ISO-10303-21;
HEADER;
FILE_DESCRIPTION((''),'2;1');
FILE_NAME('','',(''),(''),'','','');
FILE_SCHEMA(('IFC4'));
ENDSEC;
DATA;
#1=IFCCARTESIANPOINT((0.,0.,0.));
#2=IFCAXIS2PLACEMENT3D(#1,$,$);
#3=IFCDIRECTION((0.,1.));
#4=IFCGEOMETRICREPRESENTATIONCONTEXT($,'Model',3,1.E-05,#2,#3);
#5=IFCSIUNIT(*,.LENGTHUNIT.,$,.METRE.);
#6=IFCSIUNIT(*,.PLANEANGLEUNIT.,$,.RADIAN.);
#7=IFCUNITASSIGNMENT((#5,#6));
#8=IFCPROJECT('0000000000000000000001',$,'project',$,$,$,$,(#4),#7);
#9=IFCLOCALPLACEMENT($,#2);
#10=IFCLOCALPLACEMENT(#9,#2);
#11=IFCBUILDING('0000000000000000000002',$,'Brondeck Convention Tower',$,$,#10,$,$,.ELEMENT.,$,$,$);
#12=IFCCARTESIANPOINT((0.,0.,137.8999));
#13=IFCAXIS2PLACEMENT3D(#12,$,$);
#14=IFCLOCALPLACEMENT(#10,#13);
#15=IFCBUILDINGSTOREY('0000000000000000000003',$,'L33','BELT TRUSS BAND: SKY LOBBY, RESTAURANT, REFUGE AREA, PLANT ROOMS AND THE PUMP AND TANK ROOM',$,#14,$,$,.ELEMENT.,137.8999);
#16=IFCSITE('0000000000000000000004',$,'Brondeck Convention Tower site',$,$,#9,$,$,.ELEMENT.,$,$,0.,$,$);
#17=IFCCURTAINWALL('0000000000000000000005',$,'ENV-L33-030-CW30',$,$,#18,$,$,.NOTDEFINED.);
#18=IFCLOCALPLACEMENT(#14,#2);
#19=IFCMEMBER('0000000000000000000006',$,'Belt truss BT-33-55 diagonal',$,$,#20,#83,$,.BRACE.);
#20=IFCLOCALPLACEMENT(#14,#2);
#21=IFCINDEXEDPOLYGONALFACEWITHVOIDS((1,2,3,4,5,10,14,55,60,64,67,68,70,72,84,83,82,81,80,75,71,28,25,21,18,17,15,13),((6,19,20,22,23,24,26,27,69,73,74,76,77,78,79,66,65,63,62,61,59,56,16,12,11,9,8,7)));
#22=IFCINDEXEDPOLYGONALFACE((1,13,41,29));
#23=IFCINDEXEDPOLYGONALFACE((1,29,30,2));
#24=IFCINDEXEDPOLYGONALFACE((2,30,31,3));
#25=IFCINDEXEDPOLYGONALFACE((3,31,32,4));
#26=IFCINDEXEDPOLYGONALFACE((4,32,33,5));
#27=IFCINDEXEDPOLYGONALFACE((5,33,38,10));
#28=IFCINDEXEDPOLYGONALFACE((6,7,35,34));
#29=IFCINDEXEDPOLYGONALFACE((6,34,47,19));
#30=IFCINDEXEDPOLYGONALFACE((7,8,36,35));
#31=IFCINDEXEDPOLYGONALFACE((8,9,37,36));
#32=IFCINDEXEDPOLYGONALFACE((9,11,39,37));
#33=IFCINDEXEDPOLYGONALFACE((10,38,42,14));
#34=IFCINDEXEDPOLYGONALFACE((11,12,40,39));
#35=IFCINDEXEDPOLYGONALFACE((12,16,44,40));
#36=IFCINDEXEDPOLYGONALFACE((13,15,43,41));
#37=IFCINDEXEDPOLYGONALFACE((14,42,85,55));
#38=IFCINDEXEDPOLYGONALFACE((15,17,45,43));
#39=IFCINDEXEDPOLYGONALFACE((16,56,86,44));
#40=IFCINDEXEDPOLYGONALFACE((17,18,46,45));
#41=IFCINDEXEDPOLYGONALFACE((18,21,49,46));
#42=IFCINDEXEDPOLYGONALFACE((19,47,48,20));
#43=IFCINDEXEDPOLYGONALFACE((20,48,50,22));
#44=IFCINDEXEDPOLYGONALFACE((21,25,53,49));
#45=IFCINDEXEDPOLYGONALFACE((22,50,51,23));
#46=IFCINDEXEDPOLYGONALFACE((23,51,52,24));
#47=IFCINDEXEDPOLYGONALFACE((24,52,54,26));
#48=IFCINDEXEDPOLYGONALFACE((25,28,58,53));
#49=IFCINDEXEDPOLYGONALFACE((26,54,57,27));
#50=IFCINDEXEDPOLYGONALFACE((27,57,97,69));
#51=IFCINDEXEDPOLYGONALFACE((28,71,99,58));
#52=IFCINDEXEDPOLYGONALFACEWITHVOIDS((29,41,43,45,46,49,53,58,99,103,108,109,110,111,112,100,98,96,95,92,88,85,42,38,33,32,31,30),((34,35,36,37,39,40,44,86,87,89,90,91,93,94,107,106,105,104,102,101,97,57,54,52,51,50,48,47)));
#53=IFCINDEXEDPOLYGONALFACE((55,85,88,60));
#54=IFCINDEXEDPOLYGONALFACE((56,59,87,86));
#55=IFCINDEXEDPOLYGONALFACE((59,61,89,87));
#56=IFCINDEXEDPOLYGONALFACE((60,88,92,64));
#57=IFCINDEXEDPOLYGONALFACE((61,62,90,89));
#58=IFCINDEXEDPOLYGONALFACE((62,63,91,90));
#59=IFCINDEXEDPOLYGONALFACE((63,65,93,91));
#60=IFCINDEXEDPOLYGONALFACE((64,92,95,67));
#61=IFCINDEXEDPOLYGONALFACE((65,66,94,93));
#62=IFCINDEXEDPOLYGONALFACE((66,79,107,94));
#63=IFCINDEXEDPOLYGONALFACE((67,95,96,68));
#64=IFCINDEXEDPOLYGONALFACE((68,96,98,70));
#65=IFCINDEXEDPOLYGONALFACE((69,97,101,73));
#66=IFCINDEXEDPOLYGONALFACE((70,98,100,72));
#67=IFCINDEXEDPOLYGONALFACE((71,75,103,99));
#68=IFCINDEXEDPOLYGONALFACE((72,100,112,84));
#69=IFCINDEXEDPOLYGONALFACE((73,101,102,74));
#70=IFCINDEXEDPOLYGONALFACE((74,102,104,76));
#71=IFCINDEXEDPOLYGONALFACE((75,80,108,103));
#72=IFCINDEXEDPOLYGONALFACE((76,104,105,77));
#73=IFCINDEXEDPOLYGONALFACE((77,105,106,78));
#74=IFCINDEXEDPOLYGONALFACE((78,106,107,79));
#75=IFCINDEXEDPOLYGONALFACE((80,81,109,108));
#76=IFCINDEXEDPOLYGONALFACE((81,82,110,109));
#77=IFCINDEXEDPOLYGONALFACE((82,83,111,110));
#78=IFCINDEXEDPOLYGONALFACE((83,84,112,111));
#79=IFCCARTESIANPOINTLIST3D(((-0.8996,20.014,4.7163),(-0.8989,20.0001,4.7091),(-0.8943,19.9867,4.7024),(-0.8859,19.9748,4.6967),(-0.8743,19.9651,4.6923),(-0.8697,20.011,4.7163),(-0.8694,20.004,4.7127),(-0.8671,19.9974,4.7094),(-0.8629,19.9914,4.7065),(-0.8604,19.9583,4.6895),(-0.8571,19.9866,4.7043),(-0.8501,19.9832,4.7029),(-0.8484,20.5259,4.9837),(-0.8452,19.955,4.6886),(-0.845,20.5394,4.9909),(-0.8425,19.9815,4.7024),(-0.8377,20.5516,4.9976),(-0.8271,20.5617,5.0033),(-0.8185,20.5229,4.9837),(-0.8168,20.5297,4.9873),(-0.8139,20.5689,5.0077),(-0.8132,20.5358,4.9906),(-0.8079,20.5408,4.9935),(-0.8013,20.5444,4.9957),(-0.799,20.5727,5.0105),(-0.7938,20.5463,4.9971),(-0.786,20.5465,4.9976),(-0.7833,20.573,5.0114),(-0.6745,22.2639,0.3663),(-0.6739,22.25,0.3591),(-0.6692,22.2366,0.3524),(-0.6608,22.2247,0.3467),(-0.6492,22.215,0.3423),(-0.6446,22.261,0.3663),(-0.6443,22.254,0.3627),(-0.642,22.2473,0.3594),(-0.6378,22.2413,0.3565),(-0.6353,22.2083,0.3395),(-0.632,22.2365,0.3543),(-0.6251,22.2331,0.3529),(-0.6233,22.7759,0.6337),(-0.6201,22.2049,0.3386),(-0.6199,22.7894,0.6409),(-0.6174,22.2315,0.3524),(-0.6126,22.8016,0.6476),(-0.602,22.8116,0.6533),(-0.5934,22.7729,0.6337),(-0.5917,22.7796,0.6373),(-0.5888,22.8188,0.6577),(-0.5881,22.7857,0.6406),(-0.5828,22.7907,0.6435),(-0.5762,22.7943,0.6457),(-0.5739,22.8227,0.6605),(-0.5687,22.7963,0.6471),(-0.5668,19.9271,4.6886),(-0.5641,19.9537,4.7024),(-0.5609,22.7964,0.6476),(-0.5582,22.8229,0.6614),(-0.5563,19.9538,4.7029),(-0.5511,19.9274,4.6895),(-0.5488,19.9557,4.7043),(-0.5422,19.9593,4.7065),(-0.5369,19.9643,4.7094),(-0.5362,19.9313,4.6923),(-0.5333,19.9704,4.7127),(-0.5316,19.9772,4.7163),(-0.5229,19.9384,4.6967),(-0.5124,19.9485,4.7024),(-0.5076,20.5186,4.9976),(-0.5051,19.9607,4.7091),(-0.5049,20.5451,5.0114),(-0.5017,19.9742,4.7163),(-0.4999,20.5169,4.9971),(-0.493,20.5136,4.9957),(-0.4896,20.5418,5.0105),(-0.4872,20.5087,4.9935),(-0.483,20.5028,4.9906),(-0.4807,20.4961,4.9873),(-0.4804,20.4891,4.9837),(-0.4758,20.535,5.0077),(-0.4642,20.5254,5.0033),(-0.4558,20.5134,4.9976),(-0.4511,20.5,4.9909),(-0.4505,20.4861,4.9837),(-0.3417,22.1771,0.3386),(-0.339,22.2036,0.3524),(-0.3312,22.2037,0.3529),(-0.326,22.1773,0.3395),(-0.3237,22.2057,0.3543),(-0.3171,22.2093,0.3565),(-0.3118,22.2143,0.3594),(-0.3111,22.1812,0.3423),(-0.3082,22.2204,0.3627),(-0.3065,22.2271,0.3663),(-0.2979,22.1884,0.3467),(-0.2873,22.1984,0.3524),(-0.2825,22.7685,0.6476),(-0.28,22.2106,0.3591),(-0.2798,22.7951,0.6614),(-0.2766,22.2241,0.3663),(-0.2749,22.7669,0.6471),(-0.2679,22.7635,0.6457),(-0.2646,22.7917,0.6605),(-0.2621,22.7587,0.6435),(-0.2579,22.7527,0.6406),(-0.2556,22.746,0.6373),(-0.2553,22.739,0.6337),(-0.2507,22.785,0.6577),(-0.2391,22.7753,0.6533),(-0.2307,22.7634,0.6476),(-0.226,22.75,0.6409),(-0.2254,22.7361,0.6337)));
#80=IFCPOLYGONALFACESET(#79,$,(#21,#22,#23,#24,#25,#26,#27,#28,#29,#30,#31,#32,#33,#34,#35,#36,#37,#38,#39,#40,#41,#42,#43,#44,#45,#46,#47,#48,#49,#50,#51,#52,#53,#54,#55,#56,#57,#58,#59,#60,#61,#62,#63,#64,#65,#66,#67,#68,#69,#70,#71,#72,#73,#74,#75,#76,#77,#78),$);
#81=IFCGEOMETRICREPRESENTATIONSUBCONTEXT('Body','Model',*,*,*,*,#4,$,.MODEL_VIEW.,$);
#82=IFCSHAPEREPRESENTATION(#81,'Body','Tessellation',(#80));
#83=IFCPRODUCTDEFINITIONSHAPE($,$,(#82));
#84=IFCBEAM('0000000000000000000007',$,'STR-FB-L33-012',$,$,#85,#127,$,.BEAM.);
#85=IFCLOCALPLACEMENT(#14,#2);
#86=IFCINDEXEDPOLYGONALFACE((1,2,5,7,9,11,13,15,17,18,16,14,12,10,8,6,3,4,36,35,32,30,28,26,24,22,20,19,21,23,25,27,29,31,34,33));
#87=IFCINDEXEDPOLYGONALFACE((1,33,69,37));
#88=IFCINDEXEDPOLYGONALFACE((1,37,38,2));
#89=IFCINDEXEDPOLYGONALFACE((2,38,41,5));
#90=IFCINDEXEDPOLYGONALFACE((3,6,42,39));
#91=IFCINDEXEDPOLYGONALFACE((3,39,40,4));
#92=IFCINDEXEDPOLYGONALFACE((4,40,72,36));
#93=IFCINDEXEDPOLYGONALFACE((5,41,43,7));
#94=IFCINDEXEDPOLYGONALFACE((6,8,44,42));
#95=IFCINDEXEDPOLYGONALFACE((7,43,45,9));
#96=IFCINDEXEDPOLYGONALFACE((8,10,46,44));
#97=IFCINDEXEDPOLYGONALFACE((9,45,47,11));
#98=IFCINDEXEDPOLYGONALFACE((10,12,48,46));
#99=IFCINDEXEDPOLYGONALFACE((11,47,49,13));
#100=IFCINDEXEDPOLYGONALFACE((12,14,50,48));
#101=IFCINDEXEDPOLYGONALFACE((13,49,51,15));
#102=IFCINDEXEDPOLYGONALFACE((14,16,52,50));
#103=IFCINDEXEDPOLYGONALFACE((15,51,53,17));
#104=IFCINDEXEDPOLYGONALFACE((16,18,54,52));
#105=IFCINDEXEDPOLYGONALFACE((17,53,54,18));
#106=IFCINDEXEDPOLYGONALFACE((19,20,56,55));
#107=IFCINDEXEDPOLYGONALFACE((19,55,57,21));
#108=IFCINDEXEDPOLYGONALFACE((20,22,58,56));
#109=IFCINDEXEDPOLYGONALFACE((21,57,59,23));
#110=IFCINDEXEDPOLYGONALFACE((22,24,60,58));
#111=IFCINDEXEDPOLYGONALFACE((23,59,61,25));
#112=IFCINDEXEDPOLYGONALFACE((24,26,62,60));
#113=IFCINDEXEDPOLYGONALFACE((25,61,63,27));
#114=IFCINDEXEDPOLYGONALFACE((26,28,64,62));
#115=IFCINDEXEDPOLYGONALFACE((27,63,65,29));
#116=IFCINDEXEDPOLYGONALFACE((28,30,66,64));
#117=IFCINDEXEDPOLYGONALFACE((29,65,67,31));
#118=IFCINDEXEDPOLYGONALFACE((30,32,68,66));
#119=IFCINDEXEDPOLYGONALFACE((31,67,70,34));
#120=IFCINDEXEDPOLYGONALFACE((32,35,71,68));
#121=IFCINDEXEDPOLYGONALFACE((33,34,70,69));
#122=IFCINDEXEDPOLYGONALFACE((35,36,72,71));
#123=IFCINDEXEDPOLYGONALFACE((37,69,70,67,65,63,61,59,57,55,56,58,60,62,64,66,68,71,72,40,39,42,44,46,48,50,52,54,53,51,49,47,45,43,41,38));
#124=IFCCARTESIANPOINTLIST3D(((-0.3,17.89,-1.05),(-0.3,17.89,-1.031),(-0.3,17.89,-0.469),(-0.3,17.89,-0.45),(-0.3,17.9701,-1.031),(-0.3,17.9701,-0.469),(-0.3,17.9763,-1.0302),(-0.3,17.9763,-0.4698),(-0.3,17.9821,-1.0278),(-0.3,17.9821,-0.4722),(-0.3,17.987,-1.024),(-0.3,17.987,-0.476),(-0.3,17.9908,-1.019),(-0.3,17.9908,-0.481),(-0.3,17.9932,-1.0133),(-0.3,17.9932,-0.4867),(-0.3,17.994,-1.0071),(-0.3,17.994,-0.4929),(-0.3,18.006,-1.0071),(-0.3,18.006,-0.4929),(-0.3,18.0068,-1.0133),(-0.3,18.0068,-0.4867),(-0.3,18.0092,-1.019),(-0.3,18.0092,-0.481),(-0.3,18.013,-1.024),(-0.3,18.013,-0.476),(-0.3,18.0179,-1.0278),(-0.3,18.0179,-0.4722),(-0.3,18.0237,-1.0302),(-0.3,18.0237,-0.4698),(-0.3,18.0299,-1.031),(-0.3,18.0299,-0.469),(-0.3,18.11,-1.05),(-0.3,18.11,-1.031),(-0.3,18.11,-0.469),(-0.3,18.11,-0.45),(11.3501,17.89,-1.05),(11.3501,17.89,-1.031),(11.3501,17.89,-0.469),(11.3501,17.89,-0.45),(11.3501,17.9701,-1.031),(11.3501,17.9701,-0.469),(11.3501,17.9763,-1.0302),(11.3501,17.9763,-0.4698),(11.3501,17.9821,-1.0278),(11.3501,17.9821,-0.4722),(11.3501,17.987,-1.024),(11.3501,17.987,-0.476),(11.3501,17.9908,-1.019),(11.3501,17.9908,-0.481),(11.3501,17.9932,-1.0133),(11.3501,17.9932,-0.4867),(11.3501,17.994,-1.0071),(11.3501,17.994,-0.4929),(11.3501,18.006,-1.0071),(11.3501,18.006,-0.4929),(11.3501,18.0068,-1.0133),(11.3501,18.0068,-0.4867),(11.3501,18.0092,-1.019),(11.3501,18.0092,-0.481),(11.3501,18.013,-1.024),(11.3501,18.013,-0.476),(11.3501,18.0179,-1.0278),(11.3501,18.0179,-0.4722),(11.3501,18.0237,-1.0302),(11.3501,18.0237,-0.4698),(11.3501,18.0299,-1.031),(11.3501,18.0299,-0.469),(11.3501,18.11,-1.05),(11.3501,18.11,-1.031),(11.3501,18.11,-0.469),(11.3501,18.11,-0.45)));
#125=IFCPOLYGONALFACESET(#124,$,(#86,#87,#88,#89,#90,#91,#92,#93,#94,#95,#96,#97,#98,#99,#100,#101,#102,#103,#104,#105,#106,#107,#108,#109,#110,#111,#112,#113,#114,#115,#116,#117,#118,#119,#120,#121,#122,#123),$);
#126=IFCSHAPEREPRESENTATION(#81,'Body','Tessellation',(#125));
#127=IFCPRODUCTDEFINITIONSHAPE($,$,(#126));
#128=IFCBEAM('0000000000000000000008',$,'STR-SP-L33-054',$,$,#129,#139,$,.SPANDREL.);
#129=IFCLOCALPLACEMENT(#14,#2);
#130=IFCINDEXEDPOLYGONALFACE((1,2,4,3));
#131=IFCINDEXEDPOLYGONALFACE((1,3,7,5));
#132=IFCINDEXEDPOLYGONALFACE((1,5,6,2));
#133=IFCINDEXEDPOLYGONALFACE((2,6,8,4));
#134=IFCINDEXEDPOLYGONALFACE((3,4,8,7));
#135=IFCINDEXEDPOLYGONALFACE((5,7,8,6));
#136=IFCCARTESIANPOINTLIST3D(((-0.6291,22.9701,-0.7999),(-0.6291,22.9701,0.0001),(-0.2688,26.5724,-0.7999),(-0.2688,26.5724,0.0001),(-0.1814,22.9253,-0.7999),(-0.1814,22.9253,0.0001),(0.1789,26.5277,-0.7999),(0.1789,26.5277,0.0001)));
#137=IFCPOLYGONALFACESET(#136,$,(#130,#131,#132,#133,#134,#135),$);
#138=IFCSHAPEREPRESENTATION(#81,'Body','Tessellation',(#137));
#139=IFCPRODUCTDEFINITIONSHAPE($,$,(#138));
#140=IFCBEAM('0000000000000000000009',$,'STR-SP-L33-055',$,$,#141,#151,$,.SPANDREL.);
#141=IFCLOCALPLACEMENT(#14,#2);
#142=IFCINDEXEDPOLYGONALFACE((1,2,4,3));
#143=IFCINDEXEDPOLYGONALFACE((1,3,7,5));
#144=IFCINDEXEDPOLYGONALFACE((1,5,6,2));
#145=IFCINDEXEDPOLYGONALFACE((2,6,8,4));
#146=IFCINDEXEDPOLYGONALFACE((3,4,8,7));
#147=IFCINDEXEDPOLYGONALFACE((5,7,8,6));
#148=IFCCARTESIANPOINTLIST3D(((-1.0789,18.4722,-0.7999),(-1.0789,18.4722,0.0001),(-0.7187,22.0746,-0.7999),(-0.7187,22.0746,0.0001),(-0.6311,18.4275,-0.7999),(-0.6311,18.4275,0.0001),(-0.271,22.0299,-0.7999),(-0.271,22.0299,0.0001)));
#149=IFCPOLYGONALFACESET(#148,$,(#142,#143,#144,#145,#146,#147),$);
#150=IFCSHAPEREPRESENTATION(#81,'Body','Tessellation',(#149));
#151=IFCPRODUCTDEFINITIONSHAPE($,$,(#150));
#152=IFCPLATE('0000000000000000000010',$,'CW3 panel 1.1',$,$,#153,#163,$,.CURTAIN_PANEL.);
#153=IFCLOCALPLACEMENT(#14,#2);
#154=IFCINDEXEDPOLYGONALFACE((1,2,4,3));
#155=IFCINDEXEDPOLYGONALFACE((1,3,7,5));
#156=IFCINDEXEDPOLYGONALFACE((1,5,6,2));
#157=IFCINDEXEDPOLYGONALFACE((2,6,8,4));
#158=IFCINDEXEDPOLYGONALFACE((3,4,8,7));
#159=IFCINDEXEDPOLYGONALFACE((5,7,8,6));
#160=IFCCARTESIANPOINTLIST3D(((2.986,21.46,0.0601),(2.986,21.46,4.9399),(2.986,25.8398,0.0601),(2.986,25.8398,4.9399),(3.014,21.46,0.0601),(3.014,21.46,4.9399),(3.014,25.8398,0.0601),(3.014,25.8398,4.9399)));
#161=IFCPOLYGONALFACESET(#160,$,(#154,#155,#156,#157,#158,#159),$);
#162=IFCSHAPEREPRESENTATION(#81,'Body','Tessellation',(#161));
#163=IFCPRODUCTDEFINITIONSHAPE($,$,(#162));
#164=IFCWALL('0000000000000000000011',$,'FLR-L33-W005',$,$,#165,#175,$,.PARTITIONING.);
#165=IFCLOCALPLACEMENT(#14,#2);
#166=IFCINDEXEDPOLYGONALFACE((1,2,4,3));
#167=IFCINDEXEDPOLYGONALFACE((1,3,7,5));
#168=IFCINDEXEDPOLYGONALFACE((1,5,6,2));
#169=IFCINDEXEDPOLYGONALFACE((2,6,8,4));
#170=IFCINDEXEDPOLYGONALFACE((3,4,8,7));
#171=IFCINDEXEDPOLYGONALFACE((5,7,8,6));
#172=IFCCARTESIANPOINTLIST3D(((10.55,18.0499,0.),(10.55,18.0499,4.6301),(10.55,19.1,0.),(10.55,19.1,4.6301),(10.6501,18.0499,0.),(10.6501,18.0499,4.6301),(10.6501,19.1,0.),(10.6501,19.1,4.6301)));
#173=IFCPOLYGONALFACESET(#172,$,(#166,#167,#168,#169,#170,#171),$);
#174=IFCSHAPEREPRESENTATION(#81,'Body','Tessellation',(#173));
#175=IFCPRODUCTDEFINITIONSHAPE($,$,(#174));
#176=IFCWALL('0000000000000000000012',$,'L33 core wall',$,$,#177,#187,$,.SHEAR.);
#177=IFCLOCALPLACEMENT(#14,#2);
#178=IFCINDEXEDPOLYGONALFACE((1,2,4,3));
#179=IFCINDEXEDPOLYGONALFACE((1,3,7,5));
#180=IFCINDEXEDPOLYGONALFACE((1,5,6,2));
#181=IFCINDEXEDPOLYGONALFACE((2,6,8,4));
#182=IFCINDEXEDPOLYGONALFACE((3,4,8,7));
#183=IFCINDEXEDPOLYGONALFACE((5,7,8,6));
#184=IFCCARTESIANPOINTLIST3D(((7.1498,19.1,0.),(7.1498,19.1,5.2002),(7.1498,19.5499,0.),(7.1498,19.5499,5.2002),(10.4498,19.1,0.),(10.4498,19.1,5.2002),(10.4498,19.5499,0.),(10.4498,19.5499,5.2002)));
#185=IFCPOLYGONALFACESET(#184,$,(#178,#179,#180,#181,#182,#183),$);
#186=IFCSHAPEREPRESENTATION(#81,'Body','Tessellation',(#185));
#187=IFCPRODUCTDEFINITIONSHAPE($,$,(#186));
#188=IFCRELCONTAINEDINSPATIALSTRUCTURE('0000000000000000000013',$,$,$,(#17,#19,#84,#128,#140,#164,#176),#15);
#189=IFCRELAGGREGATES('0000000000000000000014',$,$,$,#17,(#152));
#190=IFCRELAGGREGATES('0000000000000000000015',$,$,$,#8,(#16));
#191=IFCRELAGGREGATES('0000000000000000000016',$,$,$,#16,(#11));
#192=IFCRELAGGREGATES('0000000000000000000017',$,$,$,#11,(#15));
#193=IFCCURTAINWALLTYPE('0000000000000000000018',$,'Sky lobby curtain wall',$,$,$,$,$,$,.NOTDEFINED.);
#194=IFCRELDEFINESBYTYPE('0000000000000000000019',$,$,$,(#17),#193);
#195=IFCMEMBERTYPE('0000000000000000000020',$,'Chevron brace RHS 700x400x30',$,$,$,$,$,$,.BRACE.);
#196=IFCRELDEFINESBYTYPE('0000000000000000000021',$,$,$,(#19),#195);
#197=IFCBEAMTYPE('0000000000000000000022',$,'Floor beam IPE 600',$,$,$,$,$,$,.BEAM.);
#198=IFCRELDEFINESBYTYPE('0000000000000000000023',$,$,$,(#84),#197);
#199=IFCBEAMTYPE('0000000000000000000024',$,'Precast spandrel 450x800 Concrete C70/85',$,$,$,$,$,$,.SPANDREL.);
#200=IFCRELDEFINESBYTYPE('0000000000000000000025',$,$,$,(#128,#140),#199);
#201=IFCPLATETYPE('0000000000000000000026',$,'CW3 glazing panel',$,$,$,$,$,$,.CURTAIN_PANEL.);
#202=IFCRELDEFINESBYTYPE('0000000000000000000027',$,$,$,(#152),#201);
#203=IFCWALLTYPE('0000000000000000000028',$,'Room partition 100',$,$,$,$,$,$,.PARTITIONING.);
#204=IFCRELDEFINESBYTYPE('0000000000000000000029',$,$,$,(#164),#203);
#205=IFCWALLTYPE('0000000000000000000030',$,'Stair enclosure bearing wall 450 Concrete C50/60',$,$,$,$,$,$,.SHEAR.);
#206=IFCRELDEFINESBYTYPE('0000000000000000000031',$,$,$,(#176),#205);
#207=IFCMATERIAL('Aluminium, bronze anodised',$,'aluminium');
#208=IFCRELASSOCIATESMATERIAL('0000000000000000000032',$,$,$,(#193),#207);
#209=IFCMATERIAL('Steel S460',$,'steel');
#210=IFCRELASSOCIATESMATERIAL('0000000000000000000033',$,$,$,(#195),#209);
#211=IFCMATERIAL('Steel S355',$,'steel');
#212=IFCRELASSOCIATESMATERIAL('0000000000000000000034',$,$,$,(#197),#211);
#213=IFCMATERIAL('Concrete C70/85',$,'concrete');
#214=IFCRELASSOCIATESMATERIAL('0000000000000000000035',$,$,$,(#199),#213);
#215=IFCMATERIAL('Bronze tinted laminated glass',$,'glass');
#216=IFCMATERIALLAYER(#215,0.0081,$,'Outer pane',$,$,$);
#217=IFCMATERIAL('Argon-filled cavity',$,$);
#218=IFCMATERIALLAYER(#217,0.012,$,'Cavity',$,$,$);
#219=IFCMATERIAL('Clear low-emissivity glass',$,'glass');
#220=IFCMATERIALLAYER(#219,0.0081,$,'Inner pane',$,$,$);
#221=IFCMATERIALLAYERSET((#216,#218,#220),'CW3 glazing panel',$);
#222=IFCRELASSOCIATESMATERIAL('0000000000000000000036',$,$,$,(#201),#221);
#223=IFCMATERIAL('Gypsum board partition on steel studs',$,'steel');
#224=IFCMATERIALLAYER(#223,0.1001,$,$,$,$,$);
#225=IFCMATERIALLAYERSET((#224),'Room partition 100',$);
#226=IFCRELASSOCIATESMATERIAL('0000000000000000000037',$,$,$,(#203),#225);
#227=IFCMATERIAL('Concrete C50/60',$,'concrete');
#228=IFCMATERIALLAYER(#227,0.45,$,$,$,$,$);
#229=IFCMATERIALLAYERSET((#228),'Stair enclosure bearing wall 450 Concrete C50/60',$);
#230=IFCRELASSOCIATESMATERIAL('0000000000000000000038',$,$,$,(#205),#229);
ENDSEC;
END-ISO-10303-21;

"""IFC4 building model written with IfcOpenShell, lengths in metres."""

from ifc_helpers import new_model, si_unit, direction, frame, frame_2d, origin, origin_2d, place, context, subcontext, project, spatial, rectangle, hollow_rectangle, i_section, extrude, material, layer, layer_set, material_profile, profile_set, type_object, element, aggregate, save


model = new_model("IFC4")

# Units and contexts
model_context = context("Model", 3, precision=1e-05, world=origin(), true_north=direction((0.0, 1.0)))
body_context = subcontext(model_context, "Body", "Model", "MODEL_VIEW")
ifc_project = project(units=[si_unit("LENGTHUNIT", "METRE"), si_unit("PLANEANGLEUNIT", "RADIAN")], contexts=[model_context])

# Site, building, storey
site_placement = place(None, origin())
site = spatial("IfcSite", under=ifc_project, at=site_placement, Name="Brondeck Convention Tower site", CompositionType="ELEMENT", RefElevation=0.0)
building_placement = place(site_placement, origin())
building = spatial("IfcBuilding", under=site, at=building_placement, Name="Brondeck Convention Tower", CompositionType="ELEMENT")
storey_placement = place(building_placement, frame((0.0, 0.0, 137.8999)))
storey = spatial("IfcBuildingStorey", under=building, at=storey_placement, Name="L33", Description="BELT TRUSS BAND: SKY LOBBY, RESTAURANT, REFUGE AREA, PLANT ROOMS AND THE PUMP AND TANK ROOM", CompositionType="ELEMENT", Elevation=137.8999)

# Shared definitions
ifc_material_1 = material(Name="Concrete C70/85", Category="concrete")

# Shared definitions
ifc_material_2 = material(Name="Aluminium, bronze anodised", Category="aluminium")
curtain_wall_type = type_object("IfcCurtainWallType", Name="Sky lobby curtain wall", PredefinedType="NOTDEFINED", material=ifc_material_2)

# Curtain wall
curtain_wall_1_placement = place(storey_placement, origin())
curtain_wall_1 = element("IfcCurtainWall", 1, at=curtain_wall_1_placement, inside=storey, type_object=curtain_wall_type, Name="ENV-L33-030-CW30", PredefinedType="NOTDEFINED")

# Member
ifc_material_3 = material(Name="Steel S460", Category="steel")
ifc_material_profile_1 = material_profile(ifc_material_3, hollow_rectangle(XDim=0.3999, YDim=0.7, WallThickness=0.03, InnerFilletRadius=0.03, OuterFilletRadius=0.0601, at=origin_2d()), Name="RHS 700x400x30")
ifc_profile_set_1 = profile_set([ifc_material_profile_1], Name="Steel S460")
member_type_1 = type_object("IfcMemberType", Name="Chevron brace RHS 700x400x30", PredefinedType="BRACE", material=ifc_profile_set_1)
for number, where, z_axis, x_axis, name in (
    (2, (-0.45, 22.5, 0.5), (-0.045913, -0.45893, 0.887285), (0.995033, -0.099546, 0.0), "Belt truss BT-33-55 diagonal"),
):
    element("IfcMember", number, at=place(storey_placement, frame(where, z_axis=z_axis, x_axis=x_axis)), inside=storey, type_object=member_type_1, Name=name, PredefinedType="BRACE", context=body_context, shape_type="SweptSolid", body=[
        extrude(hollow_rectangle(XDim=0.3999, YDim=0.7, WallThickness=0.03, InnerFilletRadius=0.03, OuterFilletRadius=0.0601, at=origin_2d()), origin(), (0.0, 0.0, 1.0), 4.9026),
    ])

# Beams
ifc_material_4 = material(Name="Steel S355", Category="steel")
ifc_material_profile_2 = material_profile(ifc_material_4, i_section(OverallWidth=0.22, OverallDepth=0.6001, WebThickness=0.012, FlangeThickness=0.019, FilletRadius=0.0239, at=origin_2d()), Name="IPE 600")
ifc_profile_set_2 = profile_set([ifc_material_profile_2], Name="Steel S355")
beam_type_1 = type_object("IfcBeamType", Name="Floor beam IPE 600", PredefinedType="BEAM", material=ifc_profile_set_2)
beam_placement = place(storey_placement, frame((-0.3, 18.0, -0.75), z_axis=(1.0, 0.0, 0.0), x_axis=(0.0, 1.0, 0.0)))
element("IfcBeam", 3, at=beam_placement, inside=storey, type_object=beam_type_1, Name="STR-FB-L33-012", PredefinedType="BEAM", context=body_context, shape_type="SweptSolid", body=[
    extrude(i_section(OverallWidth=0.22, OverallDepth=0.6001, WebThickness=0.012, FlangeThickness=0.019, FilletRadius=0.0239, at=origin_2d()), origin(), (0.0, 0.0, 1.0), 11.6501),
])
ifc_material_profile_3 = material_profile(ifc_material_1, rectangle(XDim=0.45, YDim=0.8, at=origin_2d()), Name="Precast spandrel 450x800 Concrete C70/85")
ifc_profile_set_3 = profile_set([ifc_material_profile_3], Name="Concrete C70/85")
beam_type_2 = type_object("IfcBeamType", Name="Precast spandrel 450x800 Concrete C70/85", PredefinedType="SPANDREL", material=ifc_profile_set_3)
for number, where, z_axis, x_axis, name in (
    (4, (-0.0449, 26.55, -0.3999), (-0.099537, -0.995034, 0.0), (0.995034, -0.099537, 0.0), "STR-SP-L33-054"),
    (5, (-0.4949, 22.0522, -0.3999), (-0.09947, -0.995041, 0.0), (0.995041, -0.09947, 0.0), "STR-SP-L33-055"),
):
    element("IfcBeam", number, at=place(storey_placement, frame(where, z_axis=z_axis, x_axis=x_axis)), inside=storey, type_object=beam_type_2, Name=name, PredefinedType="SPANDREL", context=body_context, shape_type="SweptSolid", body=[
        extrude(rectangle(XDim=0.45, YDim=0.8, at=origin_2d()), origin(), (0.0, 0.0, 1.0), 3.6204),
    ])

# Plate
ifc_material_5 = material(Name="Bronze tinted laminated glass", Category="glass")
ifc_layer_1 = layer(ifc_material_5, 0.0081, Name="Outer pane")
ifc_material_6 = material(Name="Argon-filled cavity")
ifc_layer_2 = layer(ifc_material_6, 0.012, Name="Cavity")
ifc_material_7 = material(Name="Clear low-emissivity glass", Category="glass")
ifc_layer_3 = layer(ifc_material_7, 0.0081, Name="Inner pane")
ifc_layer_set_1 = layer_set([ifc_layer_1, ifc_layer_2, ifc_layer_3], Name="CW3 glazing panel")
plate_type = type_object("IfcPlateType", Name="CW3 glazing panel", PredefinedType="CURTAIN_PANEL", material=ifc_layer_set_1)
plate_placement = place(storey_placement, frame((3.0, 23.6499, 0.0601), z_axis=(0.0, 0.0, 1.0), x_axis=(0.0, 1.0, 0.0)))
plate = element("IfcPlate", 6, at=plate_placement, type_object=plate_type, Name="CW3 panel 1.1", PredefinedType="CURTAIN_PANEL", context=body_context, shape_type="SweptSolid", body=[
    extrude(rectangle(XDim=4.3799, YDim=0.0281, at=origin_2d()), origin(), (0.0, 0.0, 1.0), 4.8799),
])
aggregate(curtain_wall_1, [plate])

# Walls
ifc_material_8 = material(Name="Gypsum board partition on steel studs", Category="steel")
ifc_layer_4 = layer(ifc_material_8, 0.1001)
ifc_layer_set_2 = layer_set([ifc_layer_4], Name="Room partition 100")
wall_type_1 = type_object("IfcWallType", Name="Room partition 100", PredefinedType="PARTITIONING", material=ifc_layer_set_2)
wall_1_placement = place(storey_placement, frame((10.6001, 18.05, 0.0), z_axis=(0.0, 0.0, 1.0), x_axis=(0.0, 1.0, 0.0)))
element("IfcWall", 7, at=wall_1_placement, inside=storey, type_object=wall_type_1, Name="FLR-L33-W005", PredefinedType="PARTITIONING", context=body_context, shape_type="SweptSolid", body=[
    extrude(rectangle(XDim=1.05, YDim=0.1001, at=frame_2d((0.5249, 0.0))), origin(), (0.0, 0.0, 1.0), 4.6301),
])
ifc_material_9 = material(Name="Concrete C50/60", Category="concrete")
ifc_layer_5 = layer(ifc_material_9, 0.45)
ifc_layer_set_3 = layer_set([ifc_layer_5], Name="Stair enclosure bearing wall 450 Concrete C50/60")
wall_type_2 = type_object("IfcWallType", Name="Stair enclosure bearing wall 450 Concrete C50/60", PredefinedType="SHEAR", material=ifc_layer_set_3)
wall_2_placement = place(storey_placement, frame((7.1499, 19.325, 0.0), z_axis=(0.0, 0.0, 1.0), x_axis=(1.0, 0.0, 0.0)))
element("IfcWall", 8, at=wall_2_placement, inside=storey, type_object=wall_type_2, Name="L33 core wall", PredefinedType="SHEAR", context=body_context, shape_type="SweptSolid", body=[
    extrude(rectangle(XDim=3.3, YDim=0.45, at=frame_2d((1.6499, 0.0))), origin(), (0.0, 0.0, 1.0), 5.2002),
])

save(model, "model.ifc")
